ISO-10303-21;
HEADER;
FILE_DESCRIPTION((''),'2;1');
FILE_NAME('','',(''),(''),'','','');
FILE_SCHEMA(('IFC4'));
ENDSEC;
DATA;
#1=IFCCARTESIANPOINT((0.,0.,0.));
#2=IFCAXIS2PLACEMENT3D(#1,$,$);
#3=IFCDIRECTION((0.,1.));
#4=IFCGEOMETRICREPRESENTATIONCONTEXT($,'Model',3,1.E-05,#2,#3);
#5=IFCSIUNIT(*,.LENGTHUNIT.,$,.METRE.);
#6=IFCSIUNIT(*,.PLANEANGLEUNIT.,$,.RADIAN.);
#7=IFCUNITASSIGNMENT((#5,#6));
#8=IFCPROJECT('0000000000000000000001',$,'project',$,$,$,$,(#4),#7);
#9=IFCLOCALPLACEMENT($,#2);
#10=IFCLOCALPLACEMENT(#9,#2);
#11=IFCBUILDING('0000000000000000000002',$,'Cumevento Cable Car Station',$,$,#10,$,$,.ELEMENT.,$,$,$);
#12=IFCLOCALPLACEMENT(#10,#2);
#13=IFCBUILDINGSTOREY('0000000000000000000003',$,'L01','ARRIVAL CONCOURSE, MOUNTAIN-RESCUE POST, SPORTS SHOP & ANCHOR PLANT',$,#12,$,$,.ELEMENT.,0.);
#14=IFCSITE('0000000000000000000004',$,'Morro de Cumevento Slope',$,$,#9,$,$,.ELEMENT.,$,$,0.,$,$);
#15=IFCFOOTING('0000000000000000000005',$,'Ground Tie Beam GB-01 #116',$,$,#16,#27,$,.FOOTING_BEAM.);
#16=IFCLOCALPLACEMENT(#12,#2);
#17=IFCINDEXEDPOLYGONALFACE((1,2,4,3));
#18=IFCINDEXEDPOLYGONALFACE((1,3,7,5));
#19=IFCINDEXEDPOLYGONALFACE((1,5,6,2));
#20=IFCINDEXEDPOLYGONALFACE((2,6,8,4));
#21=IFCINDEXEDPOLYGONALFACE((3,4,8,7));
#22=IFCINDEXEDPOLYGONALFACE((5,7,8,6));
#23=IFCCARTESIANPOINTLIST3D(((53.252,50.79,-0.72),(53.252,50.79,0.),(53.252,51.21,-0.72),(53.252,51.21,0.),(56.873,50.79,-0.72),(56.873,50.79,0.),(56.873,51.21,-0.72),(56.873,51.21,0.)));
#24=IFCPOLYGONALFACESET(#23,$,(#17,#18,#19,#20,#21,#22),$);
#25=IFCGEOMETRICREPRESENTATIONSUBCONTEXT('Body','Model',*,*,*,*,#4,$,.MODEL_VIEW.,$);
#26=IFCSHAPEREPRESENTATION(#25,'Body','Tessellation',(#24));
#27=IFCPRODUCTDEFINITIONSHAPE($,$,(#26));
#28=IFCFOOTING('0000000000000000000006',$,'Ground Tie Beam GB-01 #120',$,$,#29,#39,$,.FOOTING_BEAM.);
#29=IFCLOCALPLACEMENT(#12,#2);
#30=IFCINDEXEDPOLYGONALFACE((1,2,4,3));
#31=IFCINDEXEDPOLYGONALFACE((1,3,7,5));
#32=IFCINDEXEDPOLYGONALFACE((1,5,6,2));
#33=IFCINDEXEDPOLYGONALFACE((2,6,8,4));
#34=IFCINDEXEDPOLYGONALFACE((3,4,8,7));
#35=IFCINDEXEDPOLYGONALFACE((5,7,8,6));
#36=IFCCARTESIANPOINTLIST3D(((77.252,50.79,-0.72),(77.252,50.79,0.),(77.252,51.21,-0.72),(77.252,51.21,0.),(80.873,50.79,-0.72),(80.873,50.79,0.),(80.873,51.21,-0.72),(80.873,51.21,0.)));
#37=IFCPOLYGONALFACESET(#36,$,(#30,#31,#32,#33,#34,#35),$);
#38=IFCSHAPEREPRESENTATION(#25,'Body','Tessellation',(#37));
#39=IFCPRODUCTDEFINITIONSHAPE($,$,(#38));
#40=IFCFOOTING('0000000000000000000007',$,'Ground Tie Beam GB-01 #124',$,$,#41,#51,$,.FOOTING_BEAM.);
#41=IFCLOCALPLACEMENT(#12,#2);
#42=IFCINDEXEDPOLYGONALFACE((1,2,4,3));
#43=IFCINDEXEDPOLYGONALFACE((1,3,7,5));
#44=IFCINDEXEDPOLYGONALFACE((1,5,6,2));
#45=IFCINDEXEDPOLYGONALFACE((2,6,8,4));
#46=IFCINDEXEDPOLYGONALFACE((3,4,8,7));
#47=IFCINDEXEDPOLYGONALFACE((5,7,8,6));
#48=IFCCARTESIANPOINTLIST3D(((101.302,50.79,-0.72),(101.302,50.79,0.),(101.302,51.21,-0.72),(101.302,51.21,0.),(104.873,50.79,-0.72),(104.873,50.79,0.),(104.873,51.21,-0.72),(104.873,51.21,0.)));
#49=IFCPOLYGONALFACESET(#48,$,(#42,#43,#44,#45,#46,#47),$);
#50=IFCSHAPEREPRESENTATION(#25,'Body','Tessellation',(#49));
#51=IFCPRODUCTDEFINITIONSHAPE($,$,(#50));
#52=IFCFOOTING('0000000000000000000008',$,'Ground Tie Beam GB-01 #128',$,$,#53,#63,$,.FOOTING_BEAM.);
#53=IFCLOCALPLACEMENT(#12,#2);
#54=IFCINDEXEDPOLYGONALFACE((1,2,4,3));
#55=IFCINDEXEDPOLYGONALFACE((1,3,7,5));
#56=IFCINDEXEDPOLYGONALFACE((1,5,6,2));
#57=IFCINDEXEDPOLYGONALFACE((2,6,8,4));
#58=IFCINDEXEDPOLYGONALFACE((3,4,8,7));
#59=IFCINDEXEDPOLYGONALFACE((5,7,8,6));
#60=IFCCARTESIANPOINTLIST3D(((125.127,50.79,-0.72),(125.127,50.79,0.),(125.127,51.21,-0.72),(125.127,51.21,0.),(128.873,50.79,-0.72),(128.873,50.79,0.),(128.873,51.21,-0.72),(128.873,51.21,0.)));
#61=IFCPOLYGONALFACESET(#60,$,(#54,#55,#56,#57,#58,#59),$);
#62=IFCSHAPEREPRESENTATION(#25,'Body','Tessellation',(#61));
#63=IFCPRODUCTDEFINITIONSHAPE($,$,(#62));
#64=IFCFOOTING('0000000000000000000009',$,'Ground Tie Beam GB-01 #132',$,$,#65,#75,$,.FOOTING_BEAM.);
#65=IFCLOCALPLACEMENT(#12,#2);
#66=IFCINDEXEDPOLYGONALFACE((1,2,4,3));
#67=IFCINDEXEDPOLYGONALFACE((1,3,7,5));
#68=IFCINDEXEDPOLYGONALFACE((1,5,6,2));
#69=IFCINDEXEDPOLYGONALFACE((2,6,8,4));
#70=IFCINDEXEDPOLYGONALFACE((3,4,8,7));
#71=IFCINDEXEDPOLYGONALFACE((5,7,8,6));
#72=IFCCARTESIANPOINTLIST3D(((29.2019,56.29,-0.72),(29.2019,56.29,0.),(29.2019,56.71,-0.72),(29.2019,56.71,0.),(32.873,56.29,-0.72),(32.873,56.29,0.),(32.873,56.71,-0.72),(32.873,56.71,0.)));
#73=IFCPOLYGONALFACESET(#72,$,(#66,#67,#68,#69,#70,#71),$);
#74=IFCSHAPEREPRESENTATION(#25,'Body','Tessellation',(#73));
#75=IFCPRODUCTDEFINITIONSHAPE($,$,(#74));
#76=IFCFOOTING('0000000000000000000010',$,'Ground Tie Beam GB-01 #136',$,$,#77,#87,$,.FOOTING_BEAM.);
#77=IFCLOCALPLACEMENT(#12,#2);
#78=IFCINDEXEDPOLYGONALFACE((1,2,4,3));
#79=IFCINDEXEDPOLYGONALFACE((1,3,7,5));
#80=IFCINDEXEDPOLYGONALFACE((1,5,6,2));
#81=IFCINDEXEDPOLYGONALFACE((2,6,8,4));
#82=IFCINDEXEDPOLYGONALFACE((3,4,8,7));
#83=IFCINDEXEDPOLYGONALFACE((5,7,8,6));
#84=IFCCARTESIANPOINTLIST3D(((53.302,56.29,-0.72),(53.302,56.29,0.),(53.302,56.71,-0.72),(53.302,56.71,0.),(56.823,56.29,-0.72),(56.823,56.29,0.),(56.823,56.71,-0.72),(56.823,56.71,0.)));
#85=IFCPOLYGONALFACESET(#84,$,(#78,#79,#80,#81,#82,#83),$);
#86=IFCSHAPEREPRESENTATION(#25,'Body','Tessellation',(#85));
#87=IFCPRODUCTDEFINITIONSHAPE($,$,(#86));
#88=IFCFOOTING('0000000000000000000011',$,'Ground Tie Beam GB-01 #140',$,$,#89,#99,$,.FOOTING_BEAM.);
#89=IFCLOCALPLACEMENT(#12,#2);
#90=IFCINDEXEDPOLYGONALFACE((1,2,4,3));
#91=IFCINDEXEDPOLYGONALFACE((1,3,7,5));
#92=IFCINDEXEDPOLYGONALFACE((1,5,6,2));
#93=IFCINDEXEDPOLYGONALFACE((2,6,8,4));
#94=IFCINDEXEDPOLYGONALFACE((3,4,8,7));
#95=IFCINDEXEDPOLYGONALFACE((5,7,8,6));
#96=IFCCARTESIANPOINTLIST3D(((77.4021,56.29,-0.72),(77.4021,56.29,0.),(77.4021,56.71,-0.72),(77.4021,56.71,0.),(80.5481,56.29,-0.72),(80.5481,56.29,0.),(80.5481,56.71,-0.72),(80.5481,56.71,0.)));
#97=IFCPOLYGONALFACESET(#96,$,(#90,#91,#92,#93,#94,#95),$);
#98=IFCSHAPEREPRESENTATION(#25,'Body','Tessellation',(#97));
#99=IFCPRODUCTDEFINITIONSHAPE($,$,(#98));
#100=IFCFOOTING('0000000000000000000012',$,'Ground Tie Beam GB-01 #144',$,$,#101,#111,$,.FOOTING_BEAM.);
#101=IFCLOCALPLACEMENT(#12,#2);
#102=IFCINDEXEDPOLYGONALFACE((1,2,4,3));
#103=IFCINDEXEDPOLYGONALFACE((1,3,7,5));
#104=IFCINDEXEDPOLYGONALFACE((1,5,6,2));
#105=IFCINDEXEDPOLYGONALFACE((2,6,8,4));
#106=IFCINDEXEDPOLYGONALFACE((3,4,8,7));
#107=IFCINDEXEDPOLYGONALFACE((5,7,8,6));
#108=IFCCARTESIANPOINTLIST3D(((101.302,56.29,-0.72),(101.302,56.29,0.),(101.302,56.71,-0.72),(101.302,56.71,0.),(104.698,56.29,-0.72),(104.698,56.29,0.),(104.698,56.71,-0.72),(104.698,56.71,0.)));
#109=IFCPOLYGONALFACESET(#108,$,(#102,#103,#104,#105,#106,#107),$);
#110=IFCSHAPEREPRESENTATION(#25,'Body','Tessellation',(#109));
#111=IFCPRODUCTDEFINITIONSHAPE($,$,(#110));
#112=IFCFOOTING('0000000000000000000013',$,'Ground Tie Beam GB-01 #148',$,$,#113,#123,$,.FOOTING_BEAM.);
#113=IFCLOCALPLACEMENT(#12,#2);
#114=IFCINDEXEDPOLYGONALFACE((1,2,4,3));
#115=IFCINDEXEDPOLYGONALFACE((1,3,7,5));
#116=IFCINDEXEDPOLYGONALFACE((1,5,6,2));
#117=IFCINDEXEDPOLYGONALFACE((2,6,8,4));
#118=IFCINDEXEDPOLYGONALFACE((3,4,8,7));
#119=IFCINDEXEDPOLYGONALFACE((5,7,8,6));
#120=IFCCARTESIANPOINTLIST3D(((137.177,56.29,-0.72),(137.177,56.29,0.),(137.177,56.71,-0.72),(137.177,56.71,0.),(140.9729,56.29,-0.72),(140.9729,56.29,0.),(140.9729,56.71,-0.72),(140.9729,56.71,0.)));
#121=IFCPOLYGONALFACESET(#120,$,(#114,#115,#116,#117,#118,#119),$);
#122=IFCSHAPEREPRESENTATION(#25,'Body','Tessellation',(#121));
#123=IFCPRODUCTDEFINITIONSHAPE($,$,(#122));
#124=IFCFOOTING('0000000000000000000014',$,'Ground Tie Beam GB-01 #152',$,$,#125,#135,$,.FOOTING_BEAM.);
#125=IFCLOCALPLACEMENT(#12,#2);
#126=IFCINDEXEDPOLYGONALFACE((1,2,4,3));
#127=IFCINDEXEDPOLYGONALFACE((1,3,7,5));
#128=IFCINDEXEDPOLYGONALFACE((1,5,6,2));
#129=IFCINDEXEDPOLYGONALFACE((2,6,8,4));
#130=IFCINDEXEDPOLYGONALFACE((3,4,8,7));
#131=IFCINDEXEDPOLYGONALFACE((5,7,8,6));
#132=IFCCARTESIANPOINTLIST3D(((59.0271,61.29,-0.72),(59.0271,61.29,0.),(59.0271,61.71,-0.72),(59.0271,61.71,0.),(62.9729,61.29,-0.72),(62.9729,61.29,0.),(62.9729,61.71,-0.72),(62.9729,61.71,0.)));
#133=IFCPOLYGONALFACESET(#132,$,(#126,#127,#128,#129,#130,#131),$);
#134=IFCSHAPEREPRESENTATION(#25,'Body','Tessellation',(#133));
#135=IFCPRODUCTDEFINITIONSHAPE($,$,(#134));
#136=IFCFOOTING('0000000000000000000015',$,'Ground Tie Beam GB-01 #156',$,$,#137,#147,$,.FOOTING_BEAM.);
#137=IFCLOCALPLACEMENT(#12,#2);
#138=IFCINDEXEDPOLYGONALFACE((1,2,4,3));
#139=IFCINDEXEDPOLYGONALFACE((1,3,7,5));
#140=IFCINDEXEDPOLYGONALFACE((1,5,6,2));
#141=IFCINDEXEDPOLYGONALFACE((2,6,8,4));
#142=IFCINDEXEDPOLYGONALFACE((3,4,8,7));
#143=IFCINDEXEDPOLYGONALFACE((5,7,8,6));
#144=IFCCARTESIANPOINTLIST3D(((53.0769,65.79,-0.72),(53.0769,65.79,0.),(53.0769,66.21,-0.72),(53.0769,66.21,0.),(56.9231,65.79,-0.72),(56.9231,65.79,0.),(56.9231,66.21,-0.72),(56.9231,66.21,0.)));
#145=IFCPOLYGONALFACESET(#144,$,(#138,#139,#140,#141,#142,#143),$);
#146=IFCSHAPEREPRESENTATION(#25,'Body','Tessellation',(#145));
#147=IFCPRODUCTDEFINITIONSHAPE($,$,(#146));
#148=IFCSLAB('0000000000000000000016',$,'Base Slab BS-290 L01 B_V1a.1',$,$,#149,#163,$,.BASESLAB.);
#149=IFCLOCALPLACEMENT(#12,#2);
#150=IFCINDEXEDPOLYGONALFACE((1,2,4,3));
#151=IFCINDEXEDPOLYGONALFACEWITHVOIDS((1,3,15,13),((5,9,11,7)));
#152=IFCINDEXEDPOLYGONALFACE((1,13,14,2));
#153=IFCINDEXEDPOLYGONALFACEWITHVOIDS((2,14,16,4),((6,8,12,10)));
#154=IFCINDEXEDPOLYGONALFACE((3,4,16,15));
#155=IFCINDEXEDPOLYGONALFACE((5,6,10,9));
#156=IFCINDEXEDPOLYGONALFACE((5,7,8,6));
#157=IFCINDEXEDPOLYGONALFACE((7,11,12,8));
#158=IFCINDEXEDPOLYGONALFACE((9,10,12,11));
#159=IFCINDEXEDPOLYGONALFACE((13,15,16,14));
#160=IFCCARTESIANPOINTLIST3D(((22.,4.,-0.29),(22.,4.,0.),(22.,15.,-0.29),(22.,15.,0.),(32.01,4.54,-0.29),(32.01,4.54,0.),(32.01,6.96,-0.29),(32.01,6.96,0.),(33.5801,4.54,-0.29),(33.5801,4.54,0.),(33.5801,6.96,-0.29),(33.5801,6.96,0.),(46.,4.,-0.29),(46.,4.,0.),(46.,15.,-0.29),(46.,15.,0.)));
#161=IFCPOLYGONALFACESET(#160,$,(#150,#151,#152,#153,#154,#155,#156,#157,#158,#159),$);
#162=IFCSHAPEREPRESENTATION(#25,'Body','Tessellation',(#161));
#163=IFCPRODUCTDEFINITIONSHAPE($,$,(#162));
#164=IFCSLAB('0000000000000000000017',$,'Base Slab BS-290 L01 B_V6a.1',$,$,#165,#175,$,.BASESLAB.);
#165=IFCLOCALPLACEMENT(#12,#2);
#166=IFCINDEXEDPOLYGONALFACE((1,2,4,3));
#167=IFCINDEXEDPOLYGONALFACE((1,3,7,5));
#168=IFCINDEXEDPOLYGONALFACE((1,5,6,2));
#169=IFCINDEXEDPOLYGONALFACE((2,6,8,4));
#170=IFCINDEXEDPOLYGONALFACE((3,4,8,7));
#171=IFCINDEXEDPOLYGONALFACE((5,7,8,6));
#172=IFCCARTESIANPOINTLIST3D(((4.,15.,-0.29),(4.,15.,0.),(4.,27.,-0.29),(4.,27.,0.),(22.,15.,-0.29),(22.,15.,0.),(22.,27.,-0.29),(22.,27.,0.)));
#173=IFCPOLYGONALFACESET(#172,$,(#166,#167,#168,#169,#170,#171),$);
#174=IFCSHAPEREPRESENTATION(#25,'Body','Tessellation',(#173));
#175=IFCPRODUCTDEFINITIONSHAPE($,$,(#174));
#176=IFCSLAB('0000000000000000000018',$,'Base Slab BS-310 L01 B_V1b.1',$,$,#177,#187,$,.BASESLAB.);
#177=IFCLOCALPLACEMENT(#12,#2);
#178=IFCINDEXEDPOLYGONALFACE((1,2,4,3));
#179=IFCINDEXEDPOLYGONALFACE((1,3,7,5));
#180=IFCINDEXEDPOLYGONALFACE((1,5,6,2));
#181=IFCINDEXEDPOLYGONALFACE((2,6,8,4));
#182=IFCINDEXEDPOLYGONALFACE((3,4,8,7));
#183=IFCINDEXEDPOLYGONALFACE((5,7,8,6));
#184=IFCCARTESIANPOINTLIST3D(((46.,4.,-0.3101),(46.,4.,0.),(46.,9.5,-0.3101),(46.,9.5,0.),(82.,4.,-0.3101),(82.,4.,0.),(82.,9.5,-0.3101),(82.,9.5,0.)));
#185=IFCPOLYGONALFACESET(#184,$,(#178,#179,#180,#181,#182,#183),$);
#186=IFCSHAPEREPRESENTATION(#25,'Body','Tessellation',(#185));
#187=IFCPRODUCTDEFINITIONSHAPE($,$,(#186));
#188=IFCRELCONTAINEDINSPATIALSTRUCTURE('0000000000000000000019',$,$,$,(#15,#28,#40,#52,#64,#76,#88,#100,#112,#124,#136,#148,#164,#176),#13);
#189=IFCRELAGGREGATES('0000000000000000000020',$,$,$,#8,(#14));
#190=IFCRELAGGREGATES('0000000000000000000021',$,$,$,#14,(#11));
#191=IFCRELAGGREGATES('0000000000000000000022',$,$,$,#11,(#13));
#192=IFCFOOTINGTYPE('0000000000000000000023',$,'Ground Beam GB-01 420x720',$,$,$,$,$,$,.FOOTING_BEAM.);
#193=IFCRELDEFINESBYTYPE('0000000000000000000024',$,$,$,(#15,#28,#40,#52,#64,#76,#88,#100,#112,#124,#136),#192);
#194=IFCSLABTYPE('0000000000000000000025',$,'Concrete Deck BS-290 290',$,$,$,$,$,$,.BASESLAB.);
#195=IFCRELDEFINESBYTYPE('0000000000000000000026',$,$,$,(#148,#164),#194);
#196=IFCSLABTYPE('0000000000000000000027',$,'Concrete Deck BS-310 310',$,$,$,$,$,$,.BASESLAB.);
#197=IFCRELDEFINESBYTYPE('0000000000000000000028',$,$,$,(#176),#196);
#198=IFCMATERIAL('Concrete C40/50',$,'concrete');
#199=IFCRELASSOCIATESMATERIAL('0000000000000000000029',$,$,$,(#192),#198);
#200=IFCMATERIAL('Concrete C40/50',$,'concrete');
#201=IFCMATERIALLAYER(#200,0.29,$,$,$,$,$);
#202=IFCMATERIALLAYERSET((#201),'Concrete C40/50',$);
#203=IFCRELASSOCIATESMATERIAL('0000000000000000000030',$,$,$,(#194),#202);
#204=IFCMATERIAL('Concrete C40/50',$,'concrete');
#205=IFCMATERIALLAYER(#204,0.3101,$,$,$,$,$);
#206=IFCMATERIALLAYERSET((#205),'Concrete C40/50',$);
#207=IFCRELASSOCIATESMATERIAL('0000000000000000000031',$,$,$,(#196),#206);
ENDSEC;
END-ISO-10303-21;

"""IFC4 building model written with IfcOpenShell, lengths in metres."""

from ifc_helpers import new_model, si_unit, direction, frame, origin, place, context, subcontext, project, spatial, polyline, outline, extrude, material, layer, layer_set, type_object, element, save


model = new_model("IFC4")

# Units and contexts
model_context = context("Model", 3, precision=1e-05, world=origin(), true_north=direction((0.0, 1.0)))
body_context = subcontext(model_context, "Body", "Model", "MODEL_VIEW")
ifc_project = project(units=[si_unit("LENGTHUNIT", "METRE"), si_unit("PLANEANGLEUNIT", "RADIAN")], contexts=[model_context])

# Site, building, storey
site_placement = place(None, origin())
site = spatial("IfcSite", under=ifc_project, at=site_placement, Name="Morro de Cumevento Slope", CompositionType="ELEMENT", RefElevation=0.0)
building_placement = place(site_placement, origin())
building = spatial("IfcBuilding", under=site, at=building_placement, Name="Cumevento Cable Car Station", CompositionType="ELEMENT")
storey_placement = place(building_placement, origin())
storey = spatial("IfcBuildingStorey", under=building, at=storey_placement, Name="L01", Description="ARRIVAL CONCOURSE, MOUNTAIN-RESCUE POST, SPORTS SHOP & ANCHOR PLANT", CompositionType="ELEMENT", Elevation=0.0)

# Footings
ifc_material_1 = material(Name="Concrete C40/50", Category="concrete")
footing_type = type_object("IfcFootingType", Name="Ground Beam GB-01 420x720", PredefinedType="FOOTING_BEAM", material=ifc_material_1)
footing_1_placement = place(storey_placement, frame((0.0, 0.0, -0.72)))
element("IfcFooting", 1, at=footing_1_placement, inside=storey, type_object=footing_type, Name="Ground Tie Beam GB-01 #116", PredefinedType="FOOTING_BEAM", context=body_context, shape_type="SweptSolid", body=[
    extrude(outline(polyline([(53.252, 50.79), (56.873, 50.79), (56.873, 51.21), (53.252, 51.21), (53.252, 50.79)])), origin(), (0.0, 0.0, 1.0), 0.72),
])
footing_2_placement = place(storey_placement, frame((0.0, 0.0, -0.72)))
element("IfcFooting", 2, at=footing_2_placement, inside=storey, type_object=footing_type, Name="Ground Tie Beam GB-01 #120", PredefinedType="FOOTING_BEAM", context=body_context, shape_type="SweptSolid", body=[
    extrude(outline(polyline([(77.252, 50.79), (80.873, 50.79), (80.873, 51.21), (77.252, 51.21), (77.252, 50.79)])), origin(), (0.0, 0.0, 1.0), 0.72),
])
footing_3_placement = place(storey_placement, frame((0.0, 0.0, -0.72)))
element("IfcFooting", 3, at=footing_3_placement, inside=storey, type_object=footing_type, Name="Ground Tie Beam GB-01 #124", PredefinedType="FOOTING_BEAM", context=body_context, shape_type="SweptSolid", body=[
    extrude(outline(polyline([(101.302, 50.79), (104.873, 50.79), (104.873, 51.21), (101.302, 51.21), (101.302, 50.79)])), origin(), (0.0, 0.0, 1.0), 0.72),
])
footing_4_placement = place(storey_placement, frame((0.0, 0.0, -0.72)))
element("IfcFooting", 4, at=footing_4_placement, inside=storey, type_object=footing_type, Name="Ground Tie Beam GB-01 #128", PredefinedType="FOOTING_BEAM", context=body_context, shape_type="SweptSolid", body=[
    extrude(outline(polyline([(125.127, 50.79), (128.873, 50.79), (128.873, 51.21), (125.127, 51.21), (125.127, 50.79)])), origin(), (0.0, 0.0, 1.0), 0.72),
])
footing_5_placement = place(storey_placement, frame((0.0, 0.0, -0.72)))
element("IfcFooting", 5, at=footing_5_placement, inside=storey, type_object=footing_type, Name="Ground Tie Beam GB-01 #132", PredefinedType="FOOTING_BEAM", context=body_context, shape_type="SweptSolid", body=[
    extrude(outline(polyline([(29.2019, 56.29), (32.873, 56.29), (32.873, 56.71), (29.2019, 56.71), (29.2019, 56.29)])), origin(), (0.0, 0.0, 1.0), 0.72),
])
footing_6_placement = place(storey_placement, frame((0.0, 0.0, -0.72)))
element("IfcFooting", 6, at=footing_6_placement, inside=storey, type_object=footing_type, Name="Ground Tie Beam GB-01 #136", PredefinedType="FOOTING_BEAM", context=body_context, shape_type="SweptSolid", body=[
    extrude(outline(polyline([(53.302, 56.29), (56.823, 56.29), (56.823, 56.71), (53.302, 56.71), (53.302, 56.29)])), origin(), (0.0, 0.0, 1.0), 0.72),
])
footing_7_placement = place(storey_placement, frame((0.0, 0.0, -0.72)))
element("IfcFooting", 7, at=footing_7_placement, inside=storey, type_object=footing_type, Name="Ground Tie Beam GB-01 #140", PredefinedType="FOOTING_BEAM", context=body_context, shape_type="SweptSolid", body=[
    extrude(outline(polyline([(77.4021, 56.29), (80.5481, 56.29), (80.5481, 56.71), (77.4021, 56.71), (77.4021, 56.29)])), origin(), (0.0, 0.0, 1.0), 0.72),
])
footing_8_placement = place(storey_placement, frame((0.0, 0.0, -0.72)))
element("IfcFooting", 8, at=footing_8_placement, inside=storey, type_object=footing_type, Name="Ground Tie Beam GB-01 #144", PredefinedType="FOOTING_BEAM", context=body_context, shape_type="SweptSolid", body=[
    extrude(outline(polyline([(101.302, 56.29), (104.698, 56.29), (104.698, 56.71), (101.302, 56.71), (101.302, 56.29)])), origin(), (0.0, 0.0, 1.0), 0.72),
])
footing_9_placement = place(storey_placement, frame((0.0, 0.0, -0.72)))
element("IfcFooting", 9, at=footing_9_placement, inside=storey, type_object=footing_type, Name="Ground Tie Beam GB-01 #148", PredefinedType="FOOTING_BEAM", context=body_context, shape_type="SweptSolid", body=[
    extrude(outline(polyline([(137.177, 56.29), (140.9729, 56.29), (140.9729, 56.71), (137.177, 56.71), (137.177, 56.29)])), origin(), (0.0, 0.0, 1.0), 0.72),
])
footing_10_placement = place(storey_placement, frame((0.0, 0.0, -0.72)))
element("IfcFooting", 10, at=footing_10_placement, inside=storey, type_object=footing_type, Name="Ground Tie Beam GB-01 #152", PredefinedType="FOOTING_BEAM", context=body_context, shape_type="SweptSolid", body=[
    extrude(outline(polyline([(59.0271, 61.29), (62.9729, 61.29), (62.9729, 61.71), (59.0271, 61.71), (59.0271, 61.29)])), origin(), (0.0, 0.0, 1.0), 0.72),
])
footing_11_placement = place(storey_placement, frame((0.0, 0.0, -0.72)))
element("IfcFooting", 11, at=footing_11_placement, inside=storey, type_object=footing_type, Name="Ground Tie Beam GB-01 #156", PredefinedType="FOOTING_BEAM", context=body_context, shape_type="SweptSolid", body=[
    extrude(outline(polyline([(53.0769, 65.79), (56.9231, 65.79), (56.9231, 66.21), (53.0769, 66.21), (53.0769, 65.79)])), origin(), (0.0, 0.0, 1.0), 0.72),
])

# Slabs
ifc_material_2 = material(Name="Concrete C40/50", Category="concrete")
ifc_layer_1 = layer(ifc_material_2, 0.29)
ifc_layer_set_1 = layer_set([ifc_layer_1], Name="Concrete C40/50")
slab_type_1 = type_object("IfcSlabType", Name="Concrete Deck BS-290 290", PredefinedType="BASESLAB", material=ifc_layer_set_1)
slab_1_placement = place(storey_placement, frame((0.0, 0.0, -0.29)))
element("IfcSlab", 12, at=slab_1_placement, inside=storey, type_object=slab_type_1, Name="Base Slab BS-290 L01 B_V1a.1", PredefinedType="BASESLAB", context=body_context, shape_type="SweptSolid", body=[
    extrude(outline(polyline([(22.0, 4.0), (46.0, 4.0), (46.0, 15.0), (22.0, 15.0), (22.0, 4.0)]), holes=[polyline([(32.01, 4.54), (33.5801, 4.54), (33.5801, 6.96), (32.01, 6.96), (32.01, 4.54)])]), origin(), (0.0, 0.0, 1.0), 0.29),
])
slab_2_placement = place(storey_placement, frame((0.0, 0.0, -0.29)))
element("IfcSlab", 13, at=slab_2_placement, inside=storey, type_object=slab_type_1, Name="Base Slab BS-290 L01 B_V6a.1", PredefinedType="BASESLAB", context=body_context, shape_type="SweptSolid", body=[
    extrude(outline(polyline([(4.0, 15.0), (22.0, 15.0), (22.0, 27.0), (4.0, 27.0), (4.0, 15.0)])), origin(), (0.0, 0.0, 1.0), 0.29),
])
ifc_material_3 = material(Name="Concrete C40/50", Category="concrete")
ifc_layer_2 = layer(ifc_material_3, 0.3101)
ifc_layer_set_2 = layer_set([ifc_layer_2], Name="Concrete C40/50")
slab_type_2 = type_object("IfcSlabType", Name="Concrete Deck BS-310 310", PredefinedType="BASESLAB", material=ifc_layer_set_2)
slab_3_placement = place(storey_placement, frame((0.0, 0.0, -0.3101)))
element("IfcSlab", 14, at=slab_3_placement, inside=storey, type_object=slab_type_2, Name="Base Slab BS-310 L01 B_V1b.1", PredefinedType="BASESLAB", context=body_context, shape_type="SweptSolid", body=[
    extrude(outline(polyline([(46.0, 4.0), (82.0, 4.0), (82.0, 9.5), (46.0, 9.5), (46.0, 4.0)])), origin(), (0.0, 0.0, 1.0), 0.3101),
])

save(model, "model.ifc")
